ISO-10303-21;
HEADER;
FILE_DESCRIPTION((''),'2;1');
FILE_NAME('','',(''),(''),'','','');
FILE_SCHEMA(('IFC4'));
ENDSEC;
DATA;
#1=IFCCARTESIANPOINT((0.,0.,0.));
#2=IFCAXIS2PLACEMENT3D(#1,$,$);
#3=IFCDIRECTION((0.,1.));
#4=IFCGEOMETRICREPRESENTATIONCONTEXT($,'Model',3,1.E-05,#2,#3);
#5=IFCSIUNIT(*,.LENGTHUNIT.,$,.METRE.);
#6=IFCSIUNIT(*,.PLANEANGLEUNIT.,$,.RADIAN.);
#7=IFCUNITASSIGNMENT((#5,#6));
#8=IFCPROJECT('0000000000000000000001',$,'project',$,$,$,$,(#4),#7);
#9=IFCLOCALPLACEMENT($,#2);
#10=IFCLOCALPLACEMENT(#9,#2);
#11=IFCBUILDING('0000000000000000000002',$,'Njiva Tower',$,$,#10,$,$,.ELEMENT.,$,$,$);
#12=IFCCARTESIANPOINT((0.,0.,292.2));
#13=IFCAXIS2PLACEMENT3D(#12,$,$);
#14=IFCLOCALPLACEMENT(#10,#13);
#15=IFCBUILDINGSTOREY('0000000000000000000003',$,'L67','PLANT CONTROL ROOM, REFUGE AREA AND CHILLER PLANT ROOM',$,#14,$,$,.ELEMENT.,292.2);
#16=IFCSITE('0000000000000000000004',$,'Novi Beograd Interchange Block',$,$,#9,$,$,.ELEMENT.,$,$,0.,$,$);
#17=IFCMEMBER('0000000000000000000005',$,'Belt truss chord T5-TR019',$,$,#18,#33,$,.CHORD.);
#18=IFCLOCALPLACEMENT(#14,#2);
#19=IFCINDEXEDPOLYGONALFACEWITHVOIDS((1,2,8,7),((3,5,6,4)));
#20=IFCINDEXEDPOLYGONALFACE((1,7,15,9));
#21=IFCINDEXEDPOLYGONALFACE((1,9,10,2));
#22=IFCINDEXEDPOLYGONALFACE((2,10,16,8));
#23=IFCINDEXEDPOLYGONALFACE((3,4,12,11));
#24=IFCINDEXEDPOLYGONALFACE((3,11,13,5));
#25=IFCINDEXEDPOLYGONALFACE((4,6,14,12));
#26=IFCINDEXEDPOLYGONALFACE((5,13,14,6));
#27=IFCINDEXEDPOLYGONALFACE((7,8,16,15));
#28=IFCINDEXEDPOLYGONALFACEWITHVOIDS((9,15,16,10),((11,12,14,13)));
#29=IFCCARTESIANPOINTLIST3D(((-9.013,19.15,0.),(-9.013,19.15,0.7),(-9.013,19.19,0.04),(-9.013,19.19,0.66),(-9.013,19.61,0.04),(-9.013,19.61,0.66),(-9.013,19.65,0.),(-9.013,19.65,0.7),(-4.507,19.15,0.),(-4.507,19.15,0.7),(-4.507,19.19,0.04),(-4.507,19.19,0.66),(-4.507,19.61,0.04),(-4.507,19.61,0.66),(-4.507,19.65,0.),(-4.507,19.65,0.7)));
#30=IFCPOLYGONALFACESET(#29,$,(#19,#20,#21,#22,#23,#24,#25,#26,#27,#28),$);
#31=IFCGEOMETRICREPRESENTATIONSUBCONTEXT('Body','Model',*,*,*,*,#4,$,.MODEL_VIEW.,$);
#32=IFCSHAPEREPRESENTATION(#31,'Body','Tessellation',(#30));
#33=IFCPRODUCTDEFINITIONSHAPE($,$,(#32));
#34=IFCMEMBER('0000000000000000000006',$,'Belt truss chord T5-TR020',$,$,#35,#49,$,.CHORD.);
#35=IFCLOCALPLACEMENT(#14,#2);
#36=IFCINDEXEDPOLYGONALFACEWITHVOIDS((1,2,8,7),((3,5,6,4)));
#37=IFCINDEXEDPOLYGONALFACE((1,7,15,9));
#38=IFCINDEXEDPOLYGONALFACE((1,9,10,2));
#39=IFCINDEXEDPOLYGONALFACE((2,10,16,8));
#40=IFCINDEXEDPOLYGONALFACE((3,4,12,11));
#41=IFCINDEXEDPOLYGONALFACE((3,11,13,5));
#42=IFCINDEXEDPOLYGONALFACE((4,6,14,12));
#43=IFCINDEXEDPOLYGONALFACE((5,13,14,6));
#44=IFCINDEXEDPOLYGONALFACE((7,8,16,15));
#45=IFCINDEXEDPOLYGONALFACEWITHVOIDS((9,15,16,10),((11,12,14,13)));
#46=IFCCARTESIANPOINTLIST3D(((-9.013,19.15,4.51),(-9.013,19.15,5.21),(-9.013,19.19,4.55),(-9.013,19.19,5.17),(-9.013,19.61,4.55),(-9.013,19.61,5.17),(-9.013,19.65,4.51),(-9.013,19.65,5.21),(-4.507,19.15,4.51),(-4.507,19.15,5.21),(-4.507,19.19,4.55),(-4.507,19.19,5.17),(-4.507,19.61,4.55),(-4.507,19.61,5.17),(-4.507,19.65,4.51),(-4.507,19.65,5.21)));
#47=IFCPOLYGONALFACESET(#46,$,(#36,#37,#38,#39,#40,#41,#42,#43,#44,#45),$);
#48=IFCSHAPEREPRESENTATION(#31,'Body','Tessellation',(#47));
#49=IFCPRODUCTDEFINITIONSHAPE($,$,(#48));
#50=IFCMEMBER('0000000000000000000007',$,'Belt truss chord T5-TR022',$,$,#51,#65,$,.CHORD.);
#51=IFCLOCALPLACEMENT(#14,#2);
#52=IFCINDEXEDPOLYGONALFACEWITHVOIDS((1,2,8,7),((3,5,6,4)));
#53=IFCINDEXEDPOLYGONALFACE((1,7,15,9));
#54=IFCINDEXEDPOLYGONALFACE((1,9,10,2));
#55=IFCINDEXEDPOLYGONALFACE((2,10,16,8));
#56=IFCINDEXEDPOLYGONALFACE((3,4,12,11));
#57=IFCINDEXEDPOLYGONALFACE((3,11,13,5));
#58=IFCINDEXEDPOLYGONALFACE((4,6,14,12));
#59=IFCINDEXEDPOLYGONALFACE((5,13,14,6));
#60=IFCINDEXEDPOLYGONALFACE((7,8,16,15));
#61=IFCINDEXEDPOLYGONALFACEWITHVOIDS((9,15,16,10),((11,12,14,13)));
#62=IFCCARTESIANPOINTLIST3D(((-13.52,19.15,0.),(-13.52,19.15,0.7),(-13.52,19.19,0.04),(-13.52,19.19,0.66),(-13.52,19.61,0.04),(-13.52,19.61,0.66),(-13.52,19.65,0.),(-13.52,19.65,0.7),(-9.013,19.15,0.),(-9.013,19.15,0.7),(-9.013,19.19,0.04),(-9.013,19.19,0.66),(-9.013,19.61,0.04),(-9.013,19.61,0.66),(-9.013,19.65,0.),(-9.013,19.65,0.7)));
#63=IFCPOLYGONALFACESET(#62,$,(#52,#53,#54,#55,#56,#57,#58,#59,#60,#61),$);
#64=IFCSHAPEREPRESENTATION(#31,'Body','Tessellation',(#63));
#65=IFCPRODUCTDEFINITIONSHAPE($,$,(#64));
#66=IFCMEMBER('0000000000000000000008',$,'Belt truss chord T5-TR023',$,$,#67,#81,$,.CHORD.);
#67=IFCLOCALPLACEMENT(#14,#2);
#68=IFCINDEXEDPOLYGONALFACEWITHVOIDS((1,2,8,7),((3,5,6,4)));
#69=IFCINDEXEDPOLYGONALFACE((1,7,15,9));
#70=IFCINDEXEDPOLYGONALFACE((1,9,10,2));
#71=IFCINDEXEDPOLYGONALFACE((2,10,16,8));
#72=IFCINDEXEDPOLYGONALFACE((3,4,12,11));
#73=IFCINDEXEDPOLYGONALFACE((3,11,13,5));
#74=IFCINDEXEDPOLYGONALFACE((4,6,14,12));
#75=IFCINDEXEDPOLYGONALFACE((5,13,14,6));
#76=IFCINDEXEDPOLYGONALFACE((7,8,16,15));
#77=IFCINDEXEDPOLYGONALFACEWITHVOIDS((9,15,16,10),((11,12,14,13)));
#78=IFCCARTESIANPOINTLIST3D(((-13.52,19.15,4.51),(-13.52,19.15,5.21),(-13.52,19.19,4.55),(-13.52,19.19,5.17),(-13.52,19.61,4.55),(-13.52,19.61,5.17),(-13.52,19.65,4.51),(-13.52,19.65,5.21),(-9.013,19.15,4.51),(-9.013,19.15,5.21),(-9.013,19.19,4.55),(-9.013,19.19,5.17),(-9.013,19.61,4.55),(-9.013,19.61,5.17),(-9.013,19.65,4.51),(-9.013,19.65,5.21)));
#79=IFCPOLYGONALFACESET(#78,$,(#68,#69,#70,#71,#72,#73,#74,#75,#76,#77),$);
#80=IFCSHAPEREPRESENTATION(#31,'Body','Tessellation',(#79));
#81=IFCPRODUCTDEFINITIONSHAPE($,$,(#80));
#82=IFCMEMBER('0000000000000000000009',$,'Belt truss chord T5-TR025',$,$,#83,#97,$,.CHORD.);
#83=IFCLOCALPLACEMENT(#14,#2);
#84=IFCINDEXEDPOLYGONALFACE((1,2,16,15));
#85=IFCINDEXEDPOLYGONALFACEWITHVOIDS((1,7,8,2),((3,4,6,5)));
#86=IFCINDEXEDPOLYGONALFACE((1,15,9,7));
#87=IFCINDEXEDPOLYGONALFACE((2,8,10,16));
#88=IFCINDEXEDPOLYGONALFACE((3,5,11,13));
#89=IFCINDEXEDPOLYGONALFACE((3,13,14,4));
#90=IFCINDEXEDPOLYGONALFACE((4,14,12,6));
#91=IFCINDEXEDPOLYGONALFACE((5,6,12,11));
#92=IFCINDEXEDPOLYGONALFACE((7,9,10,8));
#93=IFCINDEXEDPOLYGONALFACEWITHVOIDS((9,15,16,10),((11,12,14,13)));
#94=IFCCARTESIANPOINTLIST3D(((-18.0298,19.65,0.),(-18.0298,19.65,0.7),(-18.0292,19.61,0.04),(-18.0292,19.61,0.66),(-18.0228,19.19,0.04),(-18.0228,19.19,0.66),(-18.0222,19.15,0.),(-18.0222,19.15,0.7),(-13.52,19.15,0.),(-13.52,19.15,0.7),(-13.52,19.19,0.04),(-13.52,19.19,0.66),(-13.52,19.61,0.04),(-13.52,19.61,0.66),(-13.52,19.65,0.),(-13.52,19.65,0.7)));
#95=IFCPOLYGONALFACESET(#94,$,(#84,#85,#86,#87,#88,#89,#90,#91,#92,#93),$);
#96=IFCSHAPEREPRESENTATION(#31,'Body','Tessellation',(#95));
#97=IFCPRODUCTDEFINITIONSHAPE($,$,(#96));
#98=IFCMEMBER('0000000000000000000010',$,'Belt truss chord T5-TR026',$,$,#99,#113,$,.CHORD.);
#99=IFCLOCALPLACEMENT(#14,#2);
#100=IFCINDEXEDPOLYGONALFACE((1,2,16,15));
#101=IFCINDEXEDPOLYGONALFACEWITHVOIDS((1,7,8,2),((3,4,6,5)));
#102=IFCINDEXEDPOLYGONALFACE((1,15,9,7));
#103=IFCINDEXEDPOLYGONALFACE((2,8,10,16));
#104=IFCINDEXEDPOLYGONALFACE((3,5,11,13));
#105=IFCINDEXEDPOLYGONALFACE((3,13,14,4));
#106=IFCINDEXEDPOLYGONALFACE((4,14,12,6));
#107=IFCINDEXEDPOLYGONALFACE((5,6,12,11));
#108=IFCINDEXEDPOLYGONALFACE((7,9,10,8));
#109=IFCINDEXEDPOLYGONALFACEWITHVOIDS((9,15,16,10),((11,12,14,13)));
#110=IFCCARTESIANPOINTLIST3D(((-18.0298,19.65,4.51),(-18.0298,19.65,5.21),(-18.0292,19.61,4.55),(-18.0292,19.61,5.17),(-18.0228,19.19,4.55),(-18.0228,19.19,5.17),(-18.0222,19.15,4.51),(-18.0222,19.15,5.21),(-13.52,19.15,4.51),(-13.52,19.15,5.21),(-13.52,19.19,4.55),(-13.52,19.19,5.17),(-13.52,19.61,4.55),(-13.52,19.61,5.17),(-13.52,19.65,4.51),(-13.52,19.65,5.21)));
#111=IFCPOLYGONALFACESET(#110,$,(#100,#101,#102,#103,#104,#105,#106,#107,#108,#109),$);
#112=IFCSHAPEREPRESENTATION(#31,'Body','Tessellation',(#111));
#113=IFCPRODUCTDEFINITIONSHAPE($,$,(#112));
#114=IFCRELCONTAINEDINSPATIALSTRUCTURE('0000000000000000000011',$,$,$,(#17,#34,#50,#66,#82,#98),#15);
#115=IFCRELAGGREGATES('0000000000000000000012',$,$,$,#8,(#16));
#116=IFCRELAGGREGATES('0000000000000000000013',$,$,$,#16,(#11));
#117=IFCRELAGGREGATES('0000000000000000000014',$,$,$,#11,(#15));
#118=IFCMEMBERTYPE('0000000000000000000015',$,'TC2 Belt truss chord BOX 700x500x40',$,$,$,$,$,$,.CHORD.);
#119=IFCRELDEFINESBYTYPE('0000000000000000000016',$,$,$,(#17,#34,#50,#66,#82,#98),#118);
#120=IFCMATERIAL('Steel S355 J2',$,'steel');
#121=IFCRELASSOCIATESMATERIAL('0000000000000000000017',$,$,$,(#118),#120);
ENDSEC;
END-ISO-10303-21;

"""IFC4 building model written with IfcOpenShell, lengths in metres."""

from ifc_helpers import new_model, si_unit, direction, frame, origin, origin_2d, place, context, subcontext, project, spatial, hollow_rectangle, extrude, clip, halfspace, material, material_profile, profile_set, type_object, element, save


model = new_model("IFC4")

# Units and contexts
model_context = context("Model", 3, precision=1e-05, world=origin(), true_north=direction((0.0, 1.0)))
body_context = subcontext(model_context, "Body", "Model", "MODEL_VIEW")
ifc_project = project(units=[si_unit("LENGTHUNIT", "METRE"), si_unit("PLANEANGLEUNIT", "RADIAN")], contexts=[model_context])

# Site, building, storey
site_placement = place(None, origin())
site = spatial("IfcSite", under=ifc_project, at=site_placement, Name="Novi Beograd Interchange Block", CompositionType="ELEMENT", RefElevation=0.0)
building_placement = place(site_placement, origin())
building = spatial("IfcBuilding", under=site, at=building_placement, Name="Njiva Tower", CompositionType="ELEMENT")
storey_placement = place(building_placement, frame((0.0, 0.0, 292.2)))
storey = spatial("IfcBuildingStorey", under=building, at=storey_placement, Name="L67", Description="PLANT CONTROL ROOM, REFUGE AREA AND CHILLER PLANT ROOM", CompositionType="ELEMENT", Elevation=292.2)

# Shared definitions
ifc_material_1 = material(Name="Steel S355 J2", Category="steel")

# Members
ifc_material_profile_1 = material_profile(ifc_material_1, hollow_rectangle(XDim=0.5, YDim=0.7, WallThickness=0.04, at=origin_2d()), Name="BOX 700x500x40")
ifc_profile_set_1 = profile_set([ifc_material_profile_1], Name="Steel S355 J2")
member_type_1 = type_object("IfcMemberType", Name="TC2 Belt truss chord BOX 700x500x40", PredefinedType="CHORD", material=ifc_profile_set_1)
for number, where, z_axis, x_axis, name in (
    (1, (-4.507, 19.4, 0.35), (-1.0, 0.0, 0.0), (0.0, -1.0, 0.0), "Belt truss chord T5-TR019"),
    (2, (-4.507, 19.4, 4.86), (-1.0, 0.0, 0.0), (0.0, -1.0, 0.0), "Belt truss chord T5-TR020"),
):
    element("IfcMember", number, at=place(storey_placement, frame(where, z_axis=z_axis, x_axis=x_axis)), inside=storey, type_object=member_type_1, Name=name, PredefinedType="CHORD", context=body_context, shape_type="SweptSolid", body=[
        extrude(hollow_rectangle(XDim=0.5, YDim=0.7, WallThickness=0.04, at=origin_2d()), origin(), (0.0, 0.0, 1.0), 4.506),
    ])
for number, where, z_axis, x_axis, name in (
    (3, (-9.013, 19.4, 0.35), (-1.0, 0.0, 0.0), (0.0, -1.0, 0.0), "Belt truss chord T5-TR022"),
    (4, (-9.013, 19.4, 4.86), (-1.0, 0.0, 0.0), (0.0, -1.0, 0.0), "Belt truss chord T5-TR023"),
):
    element("IfcMember", number, at=place(storey_placement, frame(where, z_axis=z_axis, x_axis=x_axis)), inside=storey, type_object=member_type_1, Name=name, PredefinedType="CHORD", context=body_context, shape_type="SweptSolid", body=[
        extrude(hollow_rectangle(XDim=0.5, YDim=0.7, WallThickness=0.04, at=origin_2d()), origin(), (0.0, 0.0, 1.0), 4.507),
    ])
member_1_placement = place(storey_placement, frame((-13.52, 19.4, 0.35), z_axis=(-1.0, 0.0, 0.0), x_axis=(0.0, -1.0, 0.0)))
element("IfcMember", 5, at=member_1_placement, inside=storey, type_object=member_type_1, Name="Belt truss chord T5-TR025", PredefinedType="CHORD", context=body_context, shape_type="Clipping", body=[
    clip(extrude(hollow_rectangle(XDim=0.5, YDim=0.7, WallThickness=0.04, at=origin_2d()), origin(), (0.0, 0.0, 1.0), 4.54), halfspace(frame((0.0, -292.55, 4.506), z_axis=(0.01501, 0.0, 0.999887), x_axis=(0.0, 1.0, 0.0)), False)),
])
member_2_placement = place(storey_placement, frame((-13.52, 19.4, 4.86), z_axis=(-1.0, 0.0, 0.0), x_axis=(0.0, -1.0, 0.0)))
element("IfcMember", 6, at=member_2_placement, inside=storey, type_object=member_type_1, Name="Belt truss chord T5-TR026", PredefinedType="CHORD", context=body_context, shape_type="Clipping", body=[
    clip(extrude(hollow_rectangle(XDim=0.5, YDim=0.7, WallThickness=0.04, at=origin_2d()), origin(), (0.0, 0.0, 1.0), 4.54), halfspace(frame((0.0, -297.06, 4.506), z_axis=(0.01501, 0.0, 0.999887), x_axis=(0.0, 1.0, 0.0)), False)),
])

save(model, "model.ifc")
